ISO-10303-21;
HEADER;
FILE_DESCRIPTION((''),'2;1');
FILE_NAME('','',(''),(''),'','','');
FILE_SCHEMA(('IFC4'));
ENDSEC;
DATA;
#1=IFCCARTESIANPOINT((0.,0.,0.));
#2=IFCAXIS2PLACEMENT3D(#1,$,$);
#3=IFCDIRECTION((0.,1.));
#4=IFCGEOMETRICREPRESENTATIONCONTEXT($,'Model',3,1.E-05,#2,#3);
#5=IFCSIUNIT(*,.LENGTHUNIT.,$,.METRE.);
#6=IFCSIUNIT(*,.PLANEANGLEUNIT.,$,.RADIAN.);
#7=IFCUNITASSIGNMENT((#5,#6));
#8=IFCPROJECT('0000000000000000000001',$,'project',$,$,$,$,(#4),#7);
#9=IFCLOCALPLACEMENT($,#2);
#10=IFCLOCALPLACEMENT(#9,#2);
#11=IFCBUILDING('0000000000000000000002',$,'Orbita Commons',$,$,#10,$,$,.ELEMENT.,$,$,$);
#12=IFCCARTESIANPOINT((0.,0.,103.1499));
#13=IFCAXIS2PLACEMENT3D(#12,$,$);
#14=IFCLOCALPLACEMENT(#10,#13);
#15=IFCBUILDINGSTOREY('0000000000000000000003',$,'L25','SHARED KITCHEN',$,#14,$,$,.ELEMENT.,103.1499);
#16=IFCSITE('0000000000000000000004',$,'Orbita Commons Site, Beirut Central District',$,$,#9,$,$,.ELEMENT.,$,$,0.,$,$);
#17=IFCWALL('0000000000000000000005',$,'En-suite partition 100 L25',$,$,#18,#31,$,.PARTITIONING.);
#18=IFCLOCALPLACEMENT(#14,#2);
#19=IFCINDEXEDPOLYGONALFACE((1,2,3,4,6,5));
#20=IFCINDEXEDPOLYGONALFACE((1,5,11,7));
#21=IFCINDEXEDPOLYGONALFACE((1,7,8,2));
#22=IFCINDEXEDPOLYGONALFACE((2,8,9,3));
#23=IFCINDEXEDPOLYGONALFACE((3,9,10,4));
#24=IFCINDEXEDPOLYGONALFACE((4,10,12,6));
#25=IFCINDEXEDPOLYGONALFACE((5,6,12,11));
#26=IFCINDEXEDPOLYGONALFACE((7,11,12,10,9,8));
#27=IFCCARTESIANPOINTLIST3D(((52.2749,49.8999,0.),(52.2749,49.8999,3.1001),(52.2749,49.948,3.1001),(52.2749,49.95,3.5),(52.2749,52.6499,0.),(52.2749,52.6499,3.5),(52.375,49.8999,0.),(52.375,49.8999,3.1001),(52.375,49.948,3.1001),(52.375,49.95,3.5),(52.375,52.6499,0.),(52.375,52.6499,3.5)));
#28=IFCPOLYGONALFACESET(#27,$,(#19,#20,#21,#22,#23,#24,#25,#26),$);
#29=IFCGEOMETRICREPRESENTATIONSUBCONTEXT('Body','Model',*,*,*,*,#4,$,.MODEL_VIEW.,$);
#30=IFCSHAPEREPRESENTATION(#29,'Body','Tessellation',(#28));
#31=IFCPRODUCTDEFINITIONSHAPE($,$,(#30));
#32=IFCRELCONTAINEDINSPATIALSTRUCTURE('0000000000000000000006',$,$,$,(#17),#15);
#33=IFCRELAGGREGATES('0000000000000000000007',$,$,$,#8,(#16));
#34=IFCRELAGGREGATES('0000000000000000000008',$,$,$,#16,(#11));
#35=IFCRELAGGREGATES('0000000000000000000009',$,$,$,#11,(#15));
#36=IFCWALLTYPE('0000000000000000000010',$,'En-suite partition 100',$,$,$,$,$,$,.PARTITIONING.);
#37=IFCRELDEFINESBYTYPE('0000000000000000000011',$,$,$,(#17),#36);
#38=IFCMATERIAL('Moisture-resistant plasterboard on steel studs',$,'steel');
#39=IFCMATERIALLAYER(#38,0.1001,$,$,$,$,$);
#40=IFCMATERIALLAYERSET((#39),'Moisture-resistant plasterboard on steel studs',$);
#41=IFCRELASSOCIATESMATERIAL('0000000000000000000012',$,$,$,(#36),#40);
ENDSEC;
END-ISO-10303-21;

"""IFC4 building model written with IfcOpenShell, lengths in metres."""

from ifc_helpers import new_model, si_unit, direction, frame, origin, place, context, subcontext, project, spatial, polyline, outline, extrude, material, layer, layer_set, type_object, element, save


model = new_model("IFC4")

# Units and contexts
model_context = context("Model", 3, precision=1e-05, world=origin(), true_north=direction((0.0, 1.0)))
body_context = subcontext(model_context, "Body", "Model", "MODEL_VIEW")
ifc_project = project(units=[si_unit("LENGTHUNIT", "METRE"), si_unit("PLANEANGLEUNIT", "RADIAN")], contexts=[model_context])

# Site, building, storey
site_placement = place(None, origin())
site = spatial("IfcSite", under=ifc_project, at=site_placement, Name="Orbita Commons Site, Beirut Central District", CompositionType="ELEMENT", RefElevation=0.0)
building_placement = place(site_placement, origin())
building = spatial("IfcBuilding", under=site, at=building_placement, Name="Orbita Commons", CompositionType="ELEMENT")
storey_placement = place(building_placement, frame((0.0, 0.0, 103.1499)))
storey = spatial("IfcBuildingStorey", under=building, at=storey_placement, Name="L25", Description="SHARED KITCHEN", CompositionType="ELEMENT", Elevation=103.1499)

# Shared definitions
ifc_material_1 = material(Name="Moisture-resistant plasterboard on steel studs", Category="steel")
ifc_layer_1 = layer(ifc_material_1, 0.1001)
ifc_layer_set_1 = layer_set([ifc_layer_1], Name="Moisture-resistant plasterboard on steel studs")
wall_type_1 = type_object("IfcWallType", Name="En-suite partition 100", PredefinedType="PARTITIONING", material=ifc_layer_set_1)

# Wall
wall_1_placement = place(storey_placement, frame((52.325, 52.6499, 0.0), z_axis=(0.0, 0.0, 1.0), x_axis=(0.0, -1.0, 0.0)))
element("IfcWall", 1, at=wall_1_placement, inside=storey, type_object=wall_type_1, Name="En-suite partition 100 L25", PredefinedType="PARTITIONING", context=body_context, shape_type="SweptSolid", body=[
    extrude(outline(polyline([(0.0, 0.0), (2.75, 0.0), (2.75, 3.1001), (2.7019, 3.1001), (2.7, 3.5), (0.0, 3.5), (0.0, 0.0)])), frame((0.0, 0.05, 0.0), z_axis=(0.0, -1.0, 0.0), x_axis=(1.0, 0.0, 0.0)), (0.0, 0.0, 1.0), 0.1001),
])

save(model, "model.ifc")
